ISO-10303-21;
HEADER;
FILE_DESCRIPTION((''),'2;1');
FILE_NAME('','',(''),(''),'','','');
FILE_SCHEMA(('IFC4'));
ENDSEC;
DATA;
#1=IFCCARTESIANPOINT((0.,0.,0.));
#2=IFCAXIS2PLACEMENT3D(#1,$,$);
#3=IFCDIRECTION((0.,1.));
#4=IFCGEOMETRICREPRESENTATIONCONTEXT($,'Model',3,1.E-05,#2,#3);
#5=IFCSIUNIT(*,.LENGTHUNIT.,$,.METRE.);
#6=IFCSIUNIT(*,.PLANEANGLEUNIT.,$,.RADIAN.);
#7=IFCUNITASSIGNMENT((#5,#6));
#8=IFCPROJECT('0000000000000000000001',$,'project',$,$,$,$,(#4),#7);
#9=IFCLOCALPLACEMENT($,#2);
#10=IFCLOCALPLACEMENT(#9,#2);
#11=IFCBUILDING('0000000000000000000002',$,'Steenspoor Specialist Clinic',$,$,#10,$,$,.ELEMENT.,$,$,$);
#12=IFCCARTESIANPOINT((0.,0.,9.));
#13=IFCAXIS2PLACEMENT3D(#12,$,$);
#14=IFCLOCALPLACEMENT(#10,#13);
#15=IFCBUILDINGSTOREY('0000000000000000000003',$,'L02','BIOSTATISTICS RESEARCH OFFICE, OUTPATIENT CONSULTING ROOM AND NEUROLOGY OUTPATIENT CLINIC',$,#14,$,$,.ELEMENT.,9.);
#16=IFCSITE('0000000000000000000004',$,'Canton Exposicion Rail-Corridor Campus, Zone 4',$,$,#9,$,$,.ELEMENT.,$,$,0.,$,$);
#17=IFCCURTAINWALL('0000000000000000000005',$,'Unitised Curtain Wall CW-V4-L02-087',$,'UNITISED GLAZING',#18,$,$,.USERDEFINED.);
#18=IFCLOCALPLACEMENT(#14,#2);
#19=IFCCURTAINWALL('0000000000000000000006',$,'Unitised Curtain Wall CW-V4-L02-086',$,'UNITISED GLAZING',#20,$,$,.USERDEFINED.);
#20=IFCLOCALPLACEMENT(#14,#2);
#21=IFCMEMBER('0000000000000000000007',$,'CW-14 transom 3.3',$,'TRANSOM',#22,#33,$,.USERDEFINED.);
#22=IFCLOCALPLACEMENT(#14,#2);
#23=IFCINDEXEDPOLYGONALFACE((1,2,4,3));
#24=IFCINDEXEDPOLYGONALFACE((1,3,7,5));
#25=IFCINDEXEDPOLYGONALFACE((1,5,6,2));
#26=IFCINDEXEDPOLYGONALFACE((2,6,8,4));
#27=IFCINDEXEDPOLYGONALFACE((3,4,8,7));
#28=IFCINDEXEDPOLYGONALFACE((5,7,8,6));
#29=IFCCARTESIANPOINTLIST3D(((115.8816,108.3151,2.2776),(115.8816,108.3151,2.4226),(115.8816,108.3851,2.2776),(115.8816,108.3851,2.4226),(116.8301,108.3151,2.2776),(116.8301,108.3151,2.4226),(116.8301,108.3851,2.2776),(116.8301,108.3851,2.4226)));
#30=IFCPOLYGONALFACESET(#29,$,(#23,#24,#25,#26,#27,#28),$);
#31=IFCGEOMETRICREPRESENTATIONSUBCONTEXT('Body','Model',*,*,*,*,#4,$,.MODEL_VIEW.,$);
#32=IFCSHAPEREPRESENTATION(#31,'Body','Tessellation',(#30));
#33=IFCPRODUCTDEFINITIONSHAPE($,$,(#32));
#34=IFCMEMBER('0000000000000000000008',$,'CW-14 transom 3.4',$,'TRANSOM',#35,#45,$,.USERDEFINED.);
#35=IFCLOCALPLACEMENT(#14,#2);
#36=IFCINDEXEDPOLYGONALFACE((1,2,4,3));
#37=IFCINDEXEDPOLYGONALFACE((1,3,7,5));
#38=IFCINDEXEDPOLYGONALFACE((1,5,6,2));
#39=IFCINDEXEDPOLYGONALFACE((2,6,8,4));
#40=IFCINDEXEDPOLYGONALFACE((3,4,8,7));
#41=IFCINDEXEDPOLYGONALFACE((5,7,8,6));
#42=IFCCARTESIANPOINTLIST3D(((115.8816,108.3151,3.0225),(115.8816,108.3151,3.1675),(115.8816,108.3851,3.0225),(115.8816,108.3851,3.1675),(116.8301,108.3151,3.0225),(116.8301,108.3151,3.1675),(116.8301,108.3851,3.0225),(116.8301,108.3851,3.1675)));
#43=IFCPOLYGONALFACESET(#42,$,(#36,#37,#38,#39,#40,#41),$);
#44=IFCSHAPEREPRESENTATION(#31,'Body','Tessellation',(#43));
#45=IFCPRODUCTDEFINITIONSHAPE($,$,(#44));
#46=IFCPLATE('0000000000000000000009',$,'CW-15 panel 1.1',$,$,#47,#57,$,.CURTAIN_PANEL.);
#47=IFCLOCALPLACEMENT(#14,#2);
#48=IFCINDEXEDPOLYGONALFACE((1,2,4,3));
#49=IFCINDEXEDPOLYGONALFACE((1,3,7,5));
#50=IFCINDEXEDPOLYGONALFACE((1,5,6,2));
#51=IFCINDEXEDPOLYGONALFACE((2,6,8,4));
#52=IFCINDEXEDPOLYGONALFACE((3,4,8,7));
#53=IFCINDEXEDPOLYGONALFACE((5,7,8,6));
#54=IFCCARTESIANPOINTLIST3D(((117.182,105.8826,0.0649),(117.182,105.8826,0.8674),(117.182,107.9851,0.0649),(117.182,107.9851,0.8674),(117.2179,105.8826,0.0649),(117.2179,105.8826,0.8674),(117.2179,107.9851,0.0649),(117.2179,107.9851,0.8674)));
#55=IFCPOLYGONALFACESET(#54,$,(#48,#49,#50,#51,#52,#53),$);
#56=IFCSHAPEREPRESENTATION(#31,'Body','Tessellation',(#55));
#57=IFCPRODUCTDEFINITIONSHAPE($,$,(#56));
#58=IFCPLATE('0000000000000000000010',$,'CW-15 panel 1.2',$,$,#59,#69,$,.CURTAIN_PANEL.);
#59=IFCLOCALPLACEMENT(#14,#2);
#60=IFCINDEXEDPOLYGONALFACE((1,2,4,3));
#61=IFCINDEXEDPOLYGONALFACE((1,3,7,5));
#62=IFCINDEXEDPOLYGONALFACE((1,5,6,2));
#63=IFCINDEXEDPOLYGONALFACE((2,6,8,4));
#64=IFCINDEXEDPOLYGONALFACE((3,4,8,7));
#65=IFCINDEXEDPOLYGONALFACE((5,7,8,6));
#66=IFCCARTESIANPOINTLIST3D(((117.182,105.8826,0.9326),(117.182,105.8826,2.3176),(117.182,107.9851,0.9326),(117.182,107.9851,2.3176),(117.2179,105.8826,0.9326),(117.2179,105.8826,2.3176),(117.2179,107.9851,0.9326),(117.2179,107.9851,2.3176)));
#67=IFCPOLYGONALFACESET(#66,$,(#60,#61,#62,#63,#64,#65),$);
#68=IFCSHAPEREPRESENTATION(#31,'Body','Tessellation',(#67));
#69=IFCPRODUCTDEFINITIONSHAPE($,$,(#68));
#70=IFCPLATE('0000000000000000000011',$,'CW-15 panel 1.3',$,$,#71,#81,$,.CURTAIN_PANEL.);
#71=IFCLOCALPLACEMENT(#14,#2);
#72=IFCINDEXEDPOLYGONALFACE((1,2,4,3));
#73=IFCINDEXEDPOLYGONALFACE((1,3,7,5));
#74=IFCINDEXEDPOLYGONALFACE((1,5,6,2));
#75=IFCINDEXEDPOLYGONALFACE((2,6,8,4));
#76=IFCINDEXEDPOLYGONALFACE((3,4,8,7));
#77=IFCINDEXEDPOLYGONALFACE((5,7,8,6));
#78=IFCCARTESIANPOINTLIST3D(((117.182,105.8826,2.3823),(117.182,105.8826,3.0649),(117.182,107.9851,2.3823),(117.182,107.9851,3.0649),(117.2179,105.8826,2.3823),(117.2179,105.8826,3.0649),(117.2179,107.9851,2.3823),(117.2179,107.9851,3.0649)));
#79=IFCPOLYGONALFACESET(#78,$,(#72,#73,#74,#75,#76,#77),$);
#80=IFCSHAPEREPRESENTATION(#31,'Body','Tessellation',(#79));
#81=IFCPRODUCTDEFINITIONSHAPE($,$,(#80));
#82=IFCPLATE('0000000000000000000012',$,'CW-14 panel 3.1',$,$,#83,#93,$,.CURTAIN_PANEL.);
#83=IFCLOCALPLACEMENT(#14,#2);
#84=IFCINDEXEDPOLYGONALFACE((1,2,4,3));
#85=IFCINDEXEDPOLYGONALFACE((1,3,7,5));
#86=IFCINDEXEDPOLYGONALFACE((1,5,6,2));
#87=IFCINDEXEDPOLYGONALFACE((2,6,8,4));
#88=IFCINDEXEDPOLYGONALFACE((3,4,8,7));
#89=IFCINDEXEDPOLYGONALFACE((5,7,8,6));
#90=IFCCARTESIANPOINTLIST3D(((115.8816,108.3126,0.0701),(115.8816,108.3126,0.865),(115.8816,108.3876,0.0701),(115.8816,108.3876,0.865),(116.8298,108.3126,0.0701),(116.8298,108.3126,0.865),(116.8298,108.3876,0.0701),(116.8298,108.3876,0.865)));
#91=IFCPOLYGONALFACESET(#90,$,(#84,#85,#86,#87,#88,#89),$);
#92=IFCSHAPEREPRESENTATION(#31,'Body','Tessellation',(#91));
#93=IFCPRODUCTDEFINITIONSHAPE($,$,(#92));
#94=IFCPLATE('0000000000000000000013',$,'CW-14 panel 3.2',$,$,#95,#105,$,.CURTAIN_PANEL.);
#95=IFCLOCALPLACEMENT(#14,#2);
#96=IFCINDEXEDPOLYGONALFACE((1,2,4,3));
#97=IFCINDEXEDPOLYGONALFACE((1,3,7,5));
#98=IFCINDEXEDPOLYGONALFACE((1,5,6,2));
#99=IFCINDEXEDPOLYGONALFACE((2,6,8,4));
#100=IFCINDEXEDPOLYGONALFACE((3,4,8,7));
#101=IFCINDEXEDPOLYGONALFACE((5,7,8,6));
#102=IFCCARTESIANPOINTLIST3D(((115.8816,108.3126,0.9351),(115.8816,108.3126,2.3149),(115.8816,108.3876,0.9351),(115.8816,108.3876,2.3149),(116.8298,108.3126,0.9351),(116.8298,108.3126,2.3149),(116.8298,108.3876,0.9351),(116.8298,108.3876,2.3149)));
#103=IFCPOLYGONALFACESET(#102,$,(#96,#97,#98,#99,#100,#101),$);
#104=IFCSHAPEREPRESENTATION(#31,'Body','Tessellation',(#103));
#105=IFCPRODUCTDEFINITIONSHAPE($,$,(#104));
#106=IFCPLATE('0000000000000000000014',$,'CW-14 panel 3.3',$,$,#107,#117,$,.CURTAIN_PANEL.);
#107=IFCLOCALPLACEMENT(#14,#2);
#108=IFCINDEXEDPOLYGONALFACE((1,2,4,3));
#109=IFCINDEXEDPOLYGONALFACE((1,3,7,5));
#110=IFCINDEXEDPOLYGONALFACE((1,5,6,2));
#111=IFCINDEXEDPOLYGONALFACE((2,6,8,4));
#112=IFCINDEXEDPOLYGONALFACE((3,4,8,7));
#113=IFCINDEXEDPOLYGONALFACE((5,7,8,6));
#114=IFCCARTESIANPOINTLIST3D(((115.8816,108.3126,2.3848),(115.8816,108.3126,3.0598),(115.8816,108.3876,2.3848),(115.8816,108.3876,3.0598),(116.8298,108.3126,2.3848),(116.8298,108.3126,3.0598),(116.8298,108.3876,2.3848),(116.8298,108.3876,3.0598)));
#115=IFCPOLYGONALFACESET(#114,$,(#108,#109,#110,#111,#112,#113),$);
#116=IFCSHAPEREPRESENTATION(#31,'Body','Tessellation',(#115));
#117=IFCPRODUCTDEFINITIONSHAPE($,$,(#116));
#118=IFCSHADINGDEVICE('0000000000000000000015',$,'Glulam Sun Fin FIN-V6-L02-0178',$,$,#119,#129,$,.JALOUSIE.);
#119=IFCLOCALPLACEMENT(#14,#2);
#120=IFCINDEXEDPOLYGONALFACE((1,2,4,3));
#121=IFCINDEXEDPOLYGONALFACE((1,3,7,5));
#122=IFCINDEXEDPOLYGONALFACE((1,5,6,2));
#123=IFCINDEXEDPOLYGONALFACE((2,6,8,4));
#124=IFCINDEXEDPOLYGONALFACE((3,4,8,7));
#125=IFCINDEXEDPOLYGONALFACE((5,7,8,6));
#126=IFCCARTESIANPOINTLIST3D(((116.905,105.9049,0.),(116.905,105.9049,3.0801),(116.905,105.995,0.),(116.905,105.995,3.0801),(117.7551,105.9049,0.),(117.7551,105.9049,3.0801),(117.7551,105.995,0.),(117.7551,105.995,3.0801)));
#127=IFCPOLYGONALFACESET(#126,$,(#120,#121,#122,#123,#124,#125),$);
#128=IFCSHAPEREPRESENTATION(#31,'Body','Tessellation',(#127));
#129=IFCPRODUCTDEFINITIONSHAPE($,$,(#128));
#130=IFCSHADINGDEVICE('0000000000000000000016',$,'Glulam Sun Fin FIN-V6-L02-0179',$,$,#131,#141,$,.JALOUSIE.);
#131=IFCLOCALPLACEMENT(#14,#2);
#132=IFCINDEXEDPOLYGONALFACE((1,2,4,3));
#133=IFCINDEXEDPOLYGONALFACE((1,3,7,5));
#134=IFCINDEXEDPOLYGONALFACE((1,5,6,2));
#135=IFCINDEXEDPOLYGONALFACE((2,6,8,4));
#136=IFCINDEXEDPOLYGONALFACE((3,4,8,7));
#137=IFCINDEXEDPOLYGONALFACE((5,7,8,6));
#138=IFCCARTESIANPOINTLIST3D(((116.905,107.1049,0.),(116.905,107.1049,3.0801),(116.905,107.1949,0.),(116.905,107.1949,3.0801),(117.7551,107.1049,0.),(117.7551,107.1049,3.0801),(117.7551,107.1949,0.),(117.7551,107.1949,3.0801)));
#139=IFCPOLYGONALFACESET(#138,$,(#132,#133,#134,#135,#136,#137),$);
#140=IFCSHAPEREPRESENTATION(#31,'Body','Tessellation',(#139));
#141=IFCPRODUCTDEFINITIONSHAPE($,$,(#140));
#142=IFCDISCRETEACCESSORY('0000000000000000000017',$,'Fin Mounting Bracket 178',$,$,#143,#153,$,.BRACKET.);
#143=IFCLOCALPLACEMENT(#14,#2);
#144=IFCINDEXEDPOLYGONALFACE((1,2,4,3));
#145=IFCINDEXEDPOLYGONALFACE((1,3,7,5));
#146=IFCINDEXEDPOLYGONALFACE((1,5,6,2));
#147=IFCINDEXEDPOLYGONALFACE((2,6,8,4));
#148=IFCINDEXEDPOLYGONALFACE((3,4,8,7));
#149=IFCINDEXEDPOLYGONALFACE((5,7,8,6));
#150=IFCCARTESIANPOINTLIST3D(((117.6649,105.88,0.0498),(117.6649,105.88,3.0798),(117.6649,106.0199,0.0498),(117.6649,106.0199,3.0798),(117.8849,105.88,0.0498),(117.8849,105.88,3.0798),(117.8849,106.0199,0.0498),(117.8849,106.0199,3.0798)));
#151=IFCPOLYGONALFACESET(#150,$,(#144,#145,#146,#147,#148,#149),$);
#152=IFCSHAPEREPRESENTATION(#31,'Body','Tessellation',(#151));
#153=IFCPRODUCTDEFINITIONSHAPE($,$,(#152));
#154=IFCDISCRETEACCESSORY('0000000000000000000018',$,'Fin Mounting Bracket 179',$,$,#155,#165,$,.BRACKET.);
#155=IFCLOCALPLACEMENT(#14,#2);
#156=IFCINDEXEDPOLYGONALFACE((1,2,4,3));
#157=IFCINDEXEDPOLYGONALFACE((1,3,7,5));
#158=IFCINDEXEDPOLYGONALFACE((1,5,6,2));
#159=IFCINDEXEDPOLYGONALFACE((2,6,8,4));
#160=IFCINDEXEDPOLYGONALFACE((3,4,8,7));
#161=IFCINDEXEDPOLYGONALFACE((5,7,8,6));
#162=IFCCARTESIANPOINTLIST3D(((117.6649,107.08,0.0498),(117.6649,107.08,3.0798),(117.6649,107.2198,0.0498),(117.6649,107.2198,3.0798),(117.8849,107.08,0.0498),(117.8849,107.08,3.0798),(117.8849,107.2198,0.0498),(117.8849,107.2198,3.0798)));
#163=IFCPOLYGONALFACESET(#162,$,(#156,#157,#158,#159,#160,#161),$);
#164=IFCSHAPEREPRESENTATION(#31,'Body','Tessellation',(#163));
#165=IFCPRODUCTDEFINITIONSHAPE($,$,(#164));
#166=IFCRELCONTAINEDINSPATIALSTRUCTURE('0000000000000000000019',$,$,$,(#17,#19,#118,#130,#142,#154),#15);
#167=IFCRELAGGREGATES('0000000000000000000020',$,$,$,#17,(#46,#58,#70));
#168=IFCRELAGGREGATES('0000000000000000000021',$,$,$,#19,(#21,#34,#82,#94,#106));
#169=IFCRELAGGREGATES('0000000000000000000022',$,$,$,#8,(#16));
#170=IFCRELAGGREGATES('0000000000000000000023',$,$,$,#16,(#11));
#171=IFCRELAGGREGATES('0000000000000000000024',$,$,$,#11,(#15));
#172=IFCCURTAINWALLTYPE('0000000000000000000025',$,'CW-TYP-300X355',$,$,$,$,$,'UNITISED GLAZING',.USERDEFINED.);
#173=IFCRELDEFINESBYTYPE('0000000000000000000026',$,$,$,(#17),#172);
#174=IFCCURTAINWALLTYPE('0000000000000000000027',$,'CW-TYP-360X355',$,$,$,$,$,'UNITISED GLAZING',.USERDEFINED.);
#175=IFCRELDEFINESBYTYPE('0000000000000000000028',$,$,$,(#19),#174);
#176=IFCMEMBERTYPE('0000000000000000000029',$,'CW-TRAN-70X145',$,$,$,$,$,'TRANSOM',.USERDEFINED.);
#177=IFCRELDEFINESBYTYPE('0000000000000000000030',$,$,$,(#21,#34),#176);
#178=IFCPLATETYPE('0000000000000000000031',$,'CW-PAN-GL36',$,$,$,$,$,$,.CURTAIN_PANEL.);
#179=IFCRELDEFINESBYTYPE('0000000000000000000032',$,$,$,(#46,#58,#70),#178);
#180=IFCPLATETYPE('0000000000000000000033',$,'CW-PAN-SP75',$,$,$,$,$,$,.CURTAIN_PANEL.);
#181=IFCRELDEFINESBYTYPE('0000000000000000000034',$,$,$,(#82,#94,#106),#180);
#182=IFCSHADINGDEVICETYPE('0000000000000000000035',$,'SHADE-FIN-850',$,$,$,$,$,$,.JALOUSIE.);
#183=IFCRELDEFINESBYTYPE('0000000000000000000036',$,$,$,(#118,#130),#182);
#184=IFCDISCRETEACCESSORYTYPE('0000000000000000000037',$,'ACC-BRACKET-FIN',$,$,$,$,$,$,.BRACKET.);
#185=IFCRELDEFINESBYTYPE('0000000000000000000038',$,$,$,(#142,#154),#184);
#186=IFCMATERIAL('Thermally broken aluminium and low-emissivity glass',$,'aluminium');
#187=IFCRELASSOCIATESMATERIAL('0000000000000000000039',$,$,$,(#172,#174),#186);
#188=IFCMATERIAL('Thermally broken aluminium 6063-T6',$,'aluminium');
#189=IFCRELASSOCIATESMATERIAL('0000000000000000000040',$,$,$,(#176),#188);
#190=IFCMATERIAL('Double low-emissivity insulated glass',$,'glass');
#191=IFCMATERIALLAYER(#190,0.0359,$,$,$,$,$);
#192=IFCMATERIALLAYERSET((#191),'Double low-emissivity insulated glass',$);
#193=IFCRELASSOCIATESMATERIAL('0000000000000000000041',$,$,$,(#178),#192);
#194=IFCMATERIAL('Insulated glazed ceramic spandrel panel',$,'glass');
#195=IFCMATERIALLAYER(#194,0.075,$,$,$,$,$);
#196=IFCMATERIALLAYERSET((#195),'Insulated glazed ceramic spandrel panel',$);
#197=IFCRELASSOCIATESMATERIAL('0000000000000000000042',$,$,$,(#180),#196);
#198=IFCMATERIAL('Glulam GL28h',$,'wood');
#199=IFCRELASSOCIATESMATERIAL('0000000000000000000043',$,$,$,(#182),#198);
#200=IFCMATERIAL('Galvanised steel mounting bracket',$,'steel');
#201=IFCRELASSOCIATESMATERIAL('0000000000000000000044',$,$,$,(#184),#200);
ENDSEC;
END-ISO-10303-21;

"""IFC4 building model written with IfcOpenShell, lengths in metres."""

from ifc_helpers import new_model, si_unit, direction, frame, origin, origin_2d, place, context, subcontext, project, spatial, rectangle, extrude, material, layer, layer_set, material_profile, profile_set, type_object, element, aggregate, save


model = new_model("IFC4")

# Units and contexts
model_context = context("Model", 3, precision=1e-05, world=origin(), true_north=direction((0.0, 1.0)))
body_context = subcontext(model_context, "Body", "Model", "MODEL_VIEW")
ifc_project = project(units=[si_unit("LENGTHUNIT", "METRE"), si_unit("PLANEANGLEUNIT", "RADIAN")], contexts=[model_context])

# Site, building, storey
site_placement = place(None, origin())
site = spatial("IfcSite", under=ifc_project, at=site_placement, Name="Canton Exposicion Rail-Corridor Campus, Zone 4", CompositionType="ELEMENT", RefElevation=0.0)
building_placement = place(site_placement, origin())
building = spatial("IfcBuilding", under=site, at=building_placement, Name="Steenspoor Specialist Clinic", CompositionType="ELEMENT")
storey_placement = place(building_placement, frame((0.0, 0.0, 9.0)))
storey = spatial("IfcBuildingStorey", under=building, at=storey_placement, Name="L02", Description="BIOSTATISTICS RESEARCH OFFICE, OUTPATIENT CONSULTING ROOM AND NEUROLOGY OUTPATIENT CLINIC", CompositionType="ELEMENT", Elevation=9.0)

# Curtain wall
ifc_material_1 = material(Name="Thermally broken aluminium and low-emissivity glass", Category="aluminium")
curtain_wall_type_1 = type_object("IfcCurtainWallType", Name="CW-TYP-300X355", ElementType="UNITISED GLAZING", PredefinedType="USERDEFINED", material=ifc_material_1)
curtain_wall_1_placement = place(storey_placement, origin())
curtain_wall_1 = element("IfcCurtainWall", 1, at=curtain_wall_1_placement, inside=storey, type_object=curtain_wall_type_1, Name="Unitised Curtain Wall CW-V4-L02-087", ObjectType="UNITISED GLAZING", PredefinedType="USERDEFINED")
ifc_material_2 = material(Name="Thermally broken aluminium 6063-T6", Category="aluminium")

# Curtain wall
curtain_wall_type_2 = type_object("IfcCurtainWallType", Name="CW-TYP-360X355", ElementType="UNITISED GLAZING", PredefinedType="USERDEFINED", material=ifc_material_1)
curtain_wall_2_placement = place(storey_placement, origin())
curtain_wall_2 = element("IfcCurtainWall", 2, at=curtain_wall_2_placement, inside=storey, type_object=curtain_wall_type_2, Name="Unitised Curtain Wall CW-V4-L02-086", ObjectType="UNITISED GLAZING", PredefinedType="USERDEFINED")

# Members
ifc_material_profile_1 = material_profile(ifc_material_2, rectangle(XDim=0.0701, YDim=0.145, at=origin_2d()), Name="CWT-70X145")
ifc_profile_set_1 = profile_set([ifc_material_profile_1], Name="Thermally broken aluminium 6063-T6")
member_type_1 = type_object("IfcMemberType", Name="CW-TRAN-70X145", ElementType="TRANSOM", PredefinedType="USERDEFINED", material=ifc_profile_set_1)
member_1_placement = place(storey_placement, frame((115.8816, 108.3501, 2.3501), z_axis=(1.0, 0.0, 0.0), x_axis=(0.0, 1.0, 0.0)))
member_1 = element("IfcMember", 3, at=member_1_placement, type_object=member_type_1, Name="CW-14 transom 3.3", ObjectType="TRANSOM", PredefinedType="USERDEFINED", context=body_context, shape_type="SweptSolid", body=[
    extrude(rectangle(XDim=0.0701, YDim=0.145, at=origin_2d()), origin(), (0.0, 0.0, 1.0), 0.9485),
])
member_2_placement = place(storey_placement, frame((115.8816, 108.3501, 3.095), z_axis=(1.0, 0.0, 0.0), x_axis=(0.0, 1.0, 0.0)))
member_2 = element("IfcMember", 4, at=member_2_placement, type_object=member_type_1, Name="CW-14 transom 3.4", ObjectType="TRANSOM", PredefinedType="USERDEFINED", context=body_context, shape_type="SweptSolid", body=[
    extrude(rectangle(XDim=0.0701, YDim=0.145, at=origin_2d()), origin(), (0.0, 0.0, 1.0), 0.9485),
])

# Plates
ifc_material_3 = material(Name="Double low-emissivity insulated glass", Category="glass")
ifc_layer_1 = layer(ifc_material_3, 0.0359)
ifc_layer_set_1 = layer_set([ifc_layer_1], Name="Double low-emissivity insulated glass")
plate_type_1 = type_object("IfcPlateType", Name="CW-PAN-GL36", PredefinedType="CURTAIN_PANEL", material=ifc_layer_set_1)
plate_1_placement = place(storey_placement, frame((117.2, 106.9338, 0.0649), z_axis=(0.0, 0.0, 1.0), x_axis=(0.0, -1.0, 0.0)))
plate_1 = element("IfcPlate", 5, at=plate_1_placement, type_object=plate_type_1, Name="CW-15 panel 1.1", PredefinedType="CURTAIN_PANEL", context=body_context, shape_type="SweptSolid", body=[
    extrude(rectangle(XDim=2.1025, YDim=0.0359, at=origin_2d()), origin(), (0.0, 0.0, 1.0), 0.8025),
])
plate_2_placement = place(storey_placement, frame((117.2, 106.9338, 0.9326), z_axis=(0.0, 0.0, 1.0), x_axis=(0.0, -1.0, 0.0)))
plate_2 = element("IfcPlate", 6, at=plate_2_placement, type_object=plate_type_1, Name="CW-15 panel 1.2", PredefinedType="CURTAIN_PANEL", context=body_context, shape_type="SweptSolid", body=[
    extrude(rectangle(XDim=2.1025, YDim=0.0359, at=origin_2d()), origin(), (0.0, 0.0, 1.0), 1.385),
])
plate_3_placement = place(storey_placement, frame((117.2, 106.9338, 2.3823), z_axis=(0.0, 0.0, 1.0), x_axis=(0.0, -1.0, 0.0)))
plate_3 = element("IfcPlate", 7, at=plate_3_placement, type_object=plate_type_1, Name="CW-15 panel 1.3", PredefinedType="CURTAIN_PANEL", context=body_context, shape_type="SweptSolid", body=[
    extrude(rectangle(XDim=2.1025, YDim=0.0359, at=origin_2d()), origin(), (0.0, 0.0, 1.0), 0.6826),
])
aggregate(curtain_wall_1, [plate_1, plate_2, plate_3])
ifc_material_4 = material(Name="Insulated glazed ceramic spandrel panel", Category="glass")
ifc_layer_2 = layer(ifc_material_4, 0.075)
ifc_layer_set_2 = layer_set([ifc_layer_2], Name="Insulated glazed ceramic spandrel panel")
plate_type_2 = type_object("IfcPlateType", Name="CW-PAN-SP75", PredefinedType="CURTAIN_PANEL", material=ifc_layer_set_2)
plate_4_placement = place(storey_placement, frame((116.3557, 108.3501, 0.0701), z_axis=(0.0, 0.0, 1.0), x_axis=(1.0, 0.0, 0.0)))
plate_4 = element("IfcPlate", 8, at=plate_4_placement, type_object=plate_type_2, Name="CW-14 panel 3.1", PredefinedType="CURTAIN_PANEL", context=body_context, shape_type="SweptSolid", body=[
    extrude(rectangle(XDim=0.9482, YDim=0.075, at=origin_2d()), origin(), (0.0, 0.0, 1.0), 0.7949),
])
plate_5_placement = place(storey_placement, frame((116.3557, 108.3501, 0.9351), z_axis=(0.0, 0.0, 1.0), x_axis=(1.0, 0.0, 0.0)))
plate_5 = element("IfcPlate", 9, at=plate_5_placement, type_object=plate_type_2, Name="CW-14 panel 3.2", PredefinedType="CURTAIN_PANEL", context=body_context, shape_type="SweptSolid", body=[
    extrude(rectangle(XDim=0.9482, YDim=0.075, at=origin_2d()), origin(), (0.0, 0.0, 1.0), 1.3799),
])
plate_6_placement = place(storey_placement, frame((116.3557, 108.3501, 2.3848), z_axis=(0.0, 0.0, 1.0), x_axis=(1.0, 0.0, 0.0)))
plate_6 = element("IfcPlate", 10, at=plate_6_placement, type_object=plate_type_2, Name="CW-14 panel 3.3", PredefinedType="CURTAIN_PANEL", context=body_context, shape_type="SweptSolid", body=[
    extrude(rectangle(XDim=0.9482, YDim=0.075, at=origin_2d()), origin(), (0.0, 0.0, 1.0), 0.675),
])
aggregate(curtain_wall_2, [member_1, member_2, plate_4, plate_5, plate_6])

# Shading devices
ifc_material_5 = material(Name="Glulam GL28h", Category="wood")
ifc_material_profile_2 = material_profile(ifc_material_5, rectangle(XDim=0.0901, YDim=0.8501, at=origin_2d()), Name="GL28H-90X850")
ifc_profile_set_2 = profile_set([ifc_material_profile_2], Name="Glulam GL28h")
shading_device_type = type_object("IfcShadingDeviceType", Name="SHADE-FIN-850", PredefinedType="JALOUSIE", material=ifc_profile_set_2)
for number, where, z_axis, x_axis, name in (
    (11, (117.3301, 105.95, 0.0), (0.0, 0.0, 1.0), (0.0, 1.0, 0.0), "Glulam Sun Fin FIN-V6-L02-0178"),
    (12, (117.3301, 107.1499, 0.0), (0.0, 0.0, 1.0), (0.0, 1.0, 0.0), "Glulam Sun Fin FIN-V6-L02-0179"),
):
    element("IfcShadingDevice", number, at=place(storey_placement, frame(where, z_axis=z_axis, x_axis=x_axis)), inside=storey, type_object=shading_device_type, Name=name, PredefinedType="JALOUSIE", context=body_context, shape_type="SweptSolid", body=[
        extrude(rectangle(XDim=0.0901, YDim=0.8501, at=origin_2d()), origin(), (0.0, 0.0, 1.0), 3.0801),
    ])

# Discrete accessories
ifc_material_6 = material(Name="Galvanised steel mounting bracket", Category="steel")
discrete_accessory_type = type_object("IfcDiscreteAccessoryType", Name="ACC-BRACKET-FIN", PredefinedType="BRACKET", material=ifc_material_6)
for number, where, z_axis, x_axis, name in (
    (13, (117.7749, 105.95, 0.0498), (0.0, 0.0, 1.0), (-1.0, 0.0, 0.0), "Fin Mounting Bracket 178"),
    (14, (117.7749, 107.1499, 0.0498), (0.0, 0.0, 1.0), (-1.0, 0.0, 0.0), "Fin Mounting Bracket 179"),
):
    element("IfcDiscreteAccessory", number, at=place(storey_placement, frame(where, z_axis=z_axis, x_axis=x_axis)), inside=storey, type_object=discrete_accessory_type, Name=name, PredefinedType="BRACKET", context=body_context, shape_type="SweptSolid", body=[
        extrude(rectangle(XDim=0.22, YDim=0.1399, at=origin_2d()), origin(), (0.0, 0.0, 1.0), 3.03),
    ])

save(model, "model.ifc")
